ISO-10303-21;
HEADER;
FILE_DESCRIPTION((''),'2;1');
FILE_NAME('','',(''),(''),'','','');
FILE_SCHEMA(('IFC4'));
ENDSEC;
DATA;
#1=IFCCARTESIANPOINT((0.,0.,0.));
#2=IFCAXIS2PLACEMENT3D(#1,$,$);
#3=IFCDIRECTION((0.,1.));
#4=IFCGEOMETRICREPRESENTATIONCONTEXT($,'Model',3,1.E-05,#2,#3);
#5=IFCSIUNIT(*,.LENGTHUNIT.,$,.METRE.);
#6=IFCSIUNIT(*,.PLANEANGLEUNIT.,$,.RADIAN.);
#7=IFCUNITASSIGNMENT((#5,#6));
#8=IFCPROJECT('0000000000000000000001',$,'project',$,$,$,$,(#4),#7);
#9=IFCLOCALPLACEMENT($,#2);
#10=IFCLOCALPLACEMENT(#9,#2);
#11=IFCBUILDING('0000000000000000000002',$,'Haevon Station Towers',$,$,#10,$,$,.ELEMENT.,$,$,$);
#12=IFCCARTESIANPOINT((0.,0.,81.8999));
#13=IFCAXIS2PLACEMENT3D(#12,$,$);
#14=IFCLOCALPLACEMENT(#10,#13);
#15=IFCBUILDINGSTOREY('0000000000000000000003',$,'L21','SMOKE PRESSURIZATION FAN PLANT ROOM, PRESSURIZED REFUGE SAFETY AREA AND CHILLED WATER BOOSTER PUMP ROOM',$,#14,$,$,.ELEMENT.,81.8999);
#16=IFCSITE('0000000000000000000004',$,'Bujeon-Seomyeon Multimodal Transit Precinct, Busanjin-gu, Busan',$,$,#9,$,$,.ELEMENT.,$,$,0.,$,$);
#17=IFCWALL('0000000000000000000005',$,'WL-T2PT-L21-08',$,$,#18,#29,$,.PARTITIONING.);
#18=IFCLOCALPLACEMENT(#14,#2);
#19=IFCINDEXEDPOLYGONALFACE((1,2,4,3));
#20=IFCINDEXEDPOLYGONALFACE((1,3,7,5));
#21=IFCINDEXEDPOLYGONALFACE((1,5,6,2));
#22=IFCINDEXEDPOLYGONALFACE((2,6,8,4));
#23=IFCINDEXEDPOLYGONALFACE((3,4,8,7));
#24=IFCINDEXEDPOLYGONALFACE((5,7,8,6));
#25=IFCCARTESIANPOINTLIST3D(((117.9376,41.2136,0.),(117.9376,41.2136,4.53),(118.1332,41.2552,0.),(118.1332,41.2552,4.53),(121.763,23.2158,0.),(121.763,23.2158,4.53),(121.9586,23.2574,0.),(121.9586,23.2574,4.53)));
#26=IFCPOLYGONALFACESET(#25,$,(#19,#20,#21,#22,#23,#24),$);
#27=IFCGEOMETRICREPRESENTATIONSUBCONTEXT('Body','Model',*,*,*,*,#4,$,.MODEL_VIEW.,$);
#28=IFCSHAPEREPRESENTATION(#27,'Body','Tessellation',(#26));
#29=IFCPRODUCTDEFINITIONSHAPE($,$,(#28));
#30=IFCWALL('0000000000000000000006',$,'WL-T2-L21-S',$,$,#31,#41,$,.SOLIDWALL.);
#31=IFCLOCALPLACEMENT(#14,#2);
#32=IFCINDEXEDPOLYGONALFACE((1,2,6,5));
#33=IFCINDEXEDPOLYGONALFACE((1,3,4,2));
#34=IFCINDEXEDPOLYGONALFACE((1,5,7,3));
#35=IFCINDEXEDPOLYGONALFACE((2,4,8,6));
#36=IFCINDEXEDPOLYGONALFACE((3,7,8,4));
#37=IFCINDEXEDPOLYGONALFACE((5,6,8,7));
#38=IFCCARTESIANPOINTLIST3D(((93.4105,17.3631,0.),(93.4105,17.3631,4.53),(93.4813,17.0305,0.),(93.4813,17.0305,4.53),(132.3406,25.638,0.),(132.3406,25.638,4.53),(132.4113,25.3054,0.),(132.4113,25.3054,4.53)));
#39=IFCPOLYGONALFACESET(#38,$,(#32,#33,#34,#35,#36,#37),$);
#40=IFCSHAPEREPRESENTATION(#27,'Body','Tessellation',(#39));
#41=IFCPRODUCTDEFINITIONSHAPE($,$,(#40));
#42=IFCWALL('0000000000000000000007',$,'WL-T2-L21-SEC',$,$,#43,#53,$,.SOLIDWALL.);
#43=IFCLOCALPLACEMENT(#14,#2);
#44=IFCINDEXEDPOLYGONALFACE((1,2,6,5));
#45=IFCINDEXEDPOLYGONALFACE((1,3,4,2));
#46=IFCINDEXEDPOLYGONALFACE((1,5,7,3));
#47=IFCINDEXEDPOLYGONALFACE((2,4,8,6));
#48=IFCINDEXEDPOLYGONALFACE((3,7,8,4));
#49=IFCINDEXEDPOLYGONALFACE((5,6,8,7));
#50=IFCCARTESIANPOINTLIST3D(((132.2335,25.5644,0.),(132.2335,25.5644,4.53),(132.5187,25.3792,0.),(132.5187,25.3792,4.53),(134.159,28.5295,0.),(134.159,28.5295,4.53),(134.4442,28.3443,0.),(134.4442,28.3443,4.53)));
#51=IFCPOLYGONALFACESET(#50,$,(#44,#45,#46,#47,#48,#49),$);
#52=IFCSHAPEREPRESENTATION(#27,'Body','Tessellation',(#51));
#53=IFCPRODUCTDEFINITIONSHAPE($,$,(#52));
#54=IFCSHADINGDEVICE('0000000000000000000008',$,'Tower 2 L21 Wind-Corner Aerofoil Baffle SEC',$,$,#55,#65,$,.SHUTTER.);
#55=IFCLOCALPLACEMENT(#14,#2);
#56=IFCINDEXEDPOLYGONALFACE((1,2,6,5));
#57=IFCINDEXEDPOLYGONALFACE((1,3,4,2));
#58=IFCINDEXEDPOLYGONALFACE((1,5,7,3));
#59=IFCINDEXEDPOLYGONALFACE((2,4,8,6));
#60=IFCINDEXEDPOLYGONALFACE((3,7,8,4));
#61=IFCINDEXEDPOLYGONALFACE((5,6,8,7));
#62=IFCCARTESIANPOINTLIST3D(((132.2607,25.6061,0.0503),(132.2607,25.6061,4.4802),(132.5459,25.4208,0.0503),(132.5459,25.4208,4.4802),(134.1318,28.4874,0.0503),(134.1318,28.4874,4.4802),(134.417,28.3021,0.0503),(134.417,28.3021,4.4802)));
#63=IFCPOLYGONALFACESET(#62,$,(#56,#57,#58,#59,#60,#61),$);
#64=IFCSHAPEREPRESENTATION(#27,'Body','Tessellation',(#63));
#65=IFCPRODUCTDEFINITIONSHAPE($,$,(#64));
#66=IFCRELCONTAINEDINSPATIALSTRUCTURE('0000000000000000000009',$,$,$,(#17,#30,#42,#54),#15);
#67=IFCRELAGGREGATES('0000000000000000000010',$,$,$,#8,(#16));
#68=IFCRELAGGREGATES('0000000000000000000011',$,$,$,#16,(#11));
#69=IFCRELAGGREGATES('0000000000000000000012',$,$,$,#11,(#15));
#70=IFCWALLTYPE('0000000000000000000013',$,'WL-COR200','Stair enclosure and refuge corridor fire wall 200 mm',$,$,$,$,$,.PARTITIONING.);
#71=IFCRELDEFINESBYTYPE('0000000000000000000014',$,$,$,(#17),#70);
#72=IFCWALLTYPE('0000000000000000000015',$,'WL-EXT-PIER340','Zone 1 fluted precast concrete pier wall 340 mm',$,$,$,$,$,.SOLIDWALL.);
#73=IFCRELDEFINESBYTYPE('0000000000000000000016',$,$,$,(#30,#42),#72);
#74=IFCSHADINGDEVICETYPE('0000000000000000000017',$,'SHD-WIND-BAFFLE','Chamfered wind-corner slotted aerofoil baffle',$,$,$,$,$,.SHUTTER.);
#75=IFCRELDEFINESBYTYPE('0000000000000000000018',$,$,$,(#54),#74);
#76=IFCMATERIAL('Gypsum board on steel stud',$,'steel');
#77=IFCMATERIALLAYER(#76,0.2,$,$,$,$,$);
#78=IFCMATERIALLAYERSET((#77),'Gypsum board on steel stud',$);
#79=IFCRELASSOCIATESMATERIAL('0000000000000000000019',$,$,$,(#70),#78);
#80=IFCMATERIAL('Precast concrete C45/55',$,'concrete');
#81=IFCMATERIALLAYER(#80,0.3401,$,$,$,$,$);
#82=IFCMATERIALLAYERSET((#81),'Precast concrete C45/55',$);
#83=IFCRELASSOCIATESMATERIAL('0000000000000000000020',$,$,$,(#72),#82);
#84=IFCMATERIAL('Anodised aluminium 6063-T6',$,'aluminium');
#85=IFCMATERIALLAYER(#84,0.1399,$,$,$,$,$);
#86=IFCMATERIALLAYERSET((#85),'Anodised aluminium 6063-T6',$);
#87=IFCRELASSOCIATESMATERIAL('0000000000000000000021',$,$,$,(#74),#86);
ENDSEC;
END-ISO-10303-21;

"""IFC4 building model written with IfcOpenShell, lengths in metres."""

from ifc_helpers import new_model, si_unit, direction, frame, frame_2d, origin, origin_2d, place, context, subcontext, project, spatial, rectangle, extrude, material, layer, layer_set, type_object, element, save


model = new_model("IFC4")

# Units and contexts
model_context = context("Model", 3, precision=1e-05, world=origin(), true_north=direction((0.0, 1.0)))
body_context = subcontext(model_context, "Body", "Model", "MODEL_VIEW")
ifc_project = project(units=[si_unit("LENGTHUNIT", "METRE"), si_unit("PLANEANGLEUNIT", "RADIAN")], contexts=[model_context])

# Site, building, storey
site_placement = place(None, origin())
site = spatial("IfcSite", under=ifc_project, at=site_placement, Name="Bujeon-Seomyeon Multimodal Transit Precinct, Busanjin-gu, Busan", CompositionType="ELEMENT", RefElevation=0.0)
building_placement = place(site_placement, origin())
building = spatial("IfcBuilding", under=site, at=building_placement, Name="Haevon Station Towers", CompositionType="ELEMENT")
storey_placement = place(building_placement, frame((0.0, 0.0, 81.8999)))
storey = spatial("IfcBuildingStorey", under=building, at=storey_placement, Name="L21", Description="SMOKE PRESSURIZATION FAN PLANT ROOM, PRESSURIZED REFUGE SAFETY AREA AND CHILLED WATER BOOSTER PUMP ROOM", CompositionType="ELEMENT", Elevation=81.8999)

# Walls
ifc_material_1 = material(Name="Gypsum board on steel stud", Category="steel")
ifc_layer_1 = layer(ifc_material_1, 0.2)
ifc_layer_set_1 = layer_set([ifc_layer_1], Name="Gypsum board on steel stud")
wall_type_1 = type_object("IfcWallType", Name="WL-COR200", Description="Stair enclosure and refuge corridor fire wall 200 mm", PredefinedType="PARTITIONING", material=ifc_layer_set_1)
wall_1_placement = place(storey_placement, frame((121.8608, 23.2366, 0.0), z_axis=(0.0, 0.0, 1.0), x_axis=(-0.207906, 0.978149, 0.0)))
element("IfcWall", 1, at=wall_1_placement, inside=storey, type_object=wall_type_1, Name="WL-T2PT-L21-08", PredefinedType="PARTITIONING", context=body_context, shape_type="SweptSolid", body=[
    extrude(rectangle(XDim=18.3999, YDim=0.2, at=frame_2d((9.2, 0.0))), origin(), (0.0, 0.0, 1.0), 4.53),
])
ifc_material_2 = material(Name="Precast concrete C45/55", Category="concrete")
ifc_layer_2 = layer(ifc_material_2, 0.3401)
ifc_layer_set_2 = layer_set([ifc_layer_2], Name="Precast concrete C45/55")
wall_type_2 = type_object("IfcWallType", Name="WL-EXT-PIER340", Description="Zone 1 fluted precast concrete pier wall 340 mm", PredefinedType="SOLIDWALL", material=ifc_layer_set_2)
wall_2_placement = place(storey_placement, frame((132.376, 25.4717, 0.0), z_axis=(0.0, 0.0, 1.0), x_axis=(-0.978147, -0.207913, 0.0)))
element("IfcWall", 2, at=wall_2_placement, inside=storey, type_object=wall_type_2, Name="WL-T2-L21-S", PredefinedType="SOLIDWALL", context=body_context, shape_type="SweptSolid", body=[
    extrude(rectangle(XDim=39.7998, YDim=0.3401, at=frame_2d((19.8999, 0.0))), origin(), (0.0, 0.0, 1.0), 4.53),
])
wall_3_placement = place(storey_placement, frame((134.3015, 28.4368, 0.0), z_axis=(0.0, 0.0, 1.0), x_axis=(-0.544636, -0.838672, 0.0)))
element("IfcWall", 3, at=wall_3_placement, inside=storey, type_object=wall_type_2, Name="WL-T2-L21-SEC", PredefinedType="SOLIDWALL", context=body_context, shape_type="SweptSolid", body=[
    extrude(rectangle(XDim=3.5354, YDim=0.3401, at=frame_2d((1.7676, 0.0))), origin(), (0.0, 0.0, 1.0), 4.53),
])

# Shading device
ifc_material_3 = material(Name="Anodised aluminium 6063-T6", Category="aluminium")
ifc_layer_3 = layer(ifc_material_3, 0.1399)
ifc_layer_set_3 = layer_set([ifc_layer_3], Name="Anodised aluminium 6063-T6")
shading_device_type = type_object("IfcShadingDeviceType", Name="SHD-WIND-BAFFLE", Description="Chamfered wind-corner slotted aerofoil baffle", PredefinedType="SHUTTER", material=ifc_layer_set_3)
shading_device_placement = place(storey_placement, frame((133.3389, 26.9541, 0.0503), z_axis=(0.0, 0.0, 1.0), x_axis=(-0.544639, -0.838671, 0.0)))
element("IfcShadingDevice", 4, at=shading_device_placement, inside=storey, type_object=shading_device_type, Name="Tower 2 L21 Wind-Corner Aerofoil Baffle SEC", PredefinedType="SHUTTER", context=body_context, shape_type="SweptSolid", body=[
    extrude(rectangle(XDim=3.4355, YDim=0.3401, at=origin_2d()), origin(), (0.0, 0.0, 1.0), 4.4299),
])

save(model, "model.ifc")
